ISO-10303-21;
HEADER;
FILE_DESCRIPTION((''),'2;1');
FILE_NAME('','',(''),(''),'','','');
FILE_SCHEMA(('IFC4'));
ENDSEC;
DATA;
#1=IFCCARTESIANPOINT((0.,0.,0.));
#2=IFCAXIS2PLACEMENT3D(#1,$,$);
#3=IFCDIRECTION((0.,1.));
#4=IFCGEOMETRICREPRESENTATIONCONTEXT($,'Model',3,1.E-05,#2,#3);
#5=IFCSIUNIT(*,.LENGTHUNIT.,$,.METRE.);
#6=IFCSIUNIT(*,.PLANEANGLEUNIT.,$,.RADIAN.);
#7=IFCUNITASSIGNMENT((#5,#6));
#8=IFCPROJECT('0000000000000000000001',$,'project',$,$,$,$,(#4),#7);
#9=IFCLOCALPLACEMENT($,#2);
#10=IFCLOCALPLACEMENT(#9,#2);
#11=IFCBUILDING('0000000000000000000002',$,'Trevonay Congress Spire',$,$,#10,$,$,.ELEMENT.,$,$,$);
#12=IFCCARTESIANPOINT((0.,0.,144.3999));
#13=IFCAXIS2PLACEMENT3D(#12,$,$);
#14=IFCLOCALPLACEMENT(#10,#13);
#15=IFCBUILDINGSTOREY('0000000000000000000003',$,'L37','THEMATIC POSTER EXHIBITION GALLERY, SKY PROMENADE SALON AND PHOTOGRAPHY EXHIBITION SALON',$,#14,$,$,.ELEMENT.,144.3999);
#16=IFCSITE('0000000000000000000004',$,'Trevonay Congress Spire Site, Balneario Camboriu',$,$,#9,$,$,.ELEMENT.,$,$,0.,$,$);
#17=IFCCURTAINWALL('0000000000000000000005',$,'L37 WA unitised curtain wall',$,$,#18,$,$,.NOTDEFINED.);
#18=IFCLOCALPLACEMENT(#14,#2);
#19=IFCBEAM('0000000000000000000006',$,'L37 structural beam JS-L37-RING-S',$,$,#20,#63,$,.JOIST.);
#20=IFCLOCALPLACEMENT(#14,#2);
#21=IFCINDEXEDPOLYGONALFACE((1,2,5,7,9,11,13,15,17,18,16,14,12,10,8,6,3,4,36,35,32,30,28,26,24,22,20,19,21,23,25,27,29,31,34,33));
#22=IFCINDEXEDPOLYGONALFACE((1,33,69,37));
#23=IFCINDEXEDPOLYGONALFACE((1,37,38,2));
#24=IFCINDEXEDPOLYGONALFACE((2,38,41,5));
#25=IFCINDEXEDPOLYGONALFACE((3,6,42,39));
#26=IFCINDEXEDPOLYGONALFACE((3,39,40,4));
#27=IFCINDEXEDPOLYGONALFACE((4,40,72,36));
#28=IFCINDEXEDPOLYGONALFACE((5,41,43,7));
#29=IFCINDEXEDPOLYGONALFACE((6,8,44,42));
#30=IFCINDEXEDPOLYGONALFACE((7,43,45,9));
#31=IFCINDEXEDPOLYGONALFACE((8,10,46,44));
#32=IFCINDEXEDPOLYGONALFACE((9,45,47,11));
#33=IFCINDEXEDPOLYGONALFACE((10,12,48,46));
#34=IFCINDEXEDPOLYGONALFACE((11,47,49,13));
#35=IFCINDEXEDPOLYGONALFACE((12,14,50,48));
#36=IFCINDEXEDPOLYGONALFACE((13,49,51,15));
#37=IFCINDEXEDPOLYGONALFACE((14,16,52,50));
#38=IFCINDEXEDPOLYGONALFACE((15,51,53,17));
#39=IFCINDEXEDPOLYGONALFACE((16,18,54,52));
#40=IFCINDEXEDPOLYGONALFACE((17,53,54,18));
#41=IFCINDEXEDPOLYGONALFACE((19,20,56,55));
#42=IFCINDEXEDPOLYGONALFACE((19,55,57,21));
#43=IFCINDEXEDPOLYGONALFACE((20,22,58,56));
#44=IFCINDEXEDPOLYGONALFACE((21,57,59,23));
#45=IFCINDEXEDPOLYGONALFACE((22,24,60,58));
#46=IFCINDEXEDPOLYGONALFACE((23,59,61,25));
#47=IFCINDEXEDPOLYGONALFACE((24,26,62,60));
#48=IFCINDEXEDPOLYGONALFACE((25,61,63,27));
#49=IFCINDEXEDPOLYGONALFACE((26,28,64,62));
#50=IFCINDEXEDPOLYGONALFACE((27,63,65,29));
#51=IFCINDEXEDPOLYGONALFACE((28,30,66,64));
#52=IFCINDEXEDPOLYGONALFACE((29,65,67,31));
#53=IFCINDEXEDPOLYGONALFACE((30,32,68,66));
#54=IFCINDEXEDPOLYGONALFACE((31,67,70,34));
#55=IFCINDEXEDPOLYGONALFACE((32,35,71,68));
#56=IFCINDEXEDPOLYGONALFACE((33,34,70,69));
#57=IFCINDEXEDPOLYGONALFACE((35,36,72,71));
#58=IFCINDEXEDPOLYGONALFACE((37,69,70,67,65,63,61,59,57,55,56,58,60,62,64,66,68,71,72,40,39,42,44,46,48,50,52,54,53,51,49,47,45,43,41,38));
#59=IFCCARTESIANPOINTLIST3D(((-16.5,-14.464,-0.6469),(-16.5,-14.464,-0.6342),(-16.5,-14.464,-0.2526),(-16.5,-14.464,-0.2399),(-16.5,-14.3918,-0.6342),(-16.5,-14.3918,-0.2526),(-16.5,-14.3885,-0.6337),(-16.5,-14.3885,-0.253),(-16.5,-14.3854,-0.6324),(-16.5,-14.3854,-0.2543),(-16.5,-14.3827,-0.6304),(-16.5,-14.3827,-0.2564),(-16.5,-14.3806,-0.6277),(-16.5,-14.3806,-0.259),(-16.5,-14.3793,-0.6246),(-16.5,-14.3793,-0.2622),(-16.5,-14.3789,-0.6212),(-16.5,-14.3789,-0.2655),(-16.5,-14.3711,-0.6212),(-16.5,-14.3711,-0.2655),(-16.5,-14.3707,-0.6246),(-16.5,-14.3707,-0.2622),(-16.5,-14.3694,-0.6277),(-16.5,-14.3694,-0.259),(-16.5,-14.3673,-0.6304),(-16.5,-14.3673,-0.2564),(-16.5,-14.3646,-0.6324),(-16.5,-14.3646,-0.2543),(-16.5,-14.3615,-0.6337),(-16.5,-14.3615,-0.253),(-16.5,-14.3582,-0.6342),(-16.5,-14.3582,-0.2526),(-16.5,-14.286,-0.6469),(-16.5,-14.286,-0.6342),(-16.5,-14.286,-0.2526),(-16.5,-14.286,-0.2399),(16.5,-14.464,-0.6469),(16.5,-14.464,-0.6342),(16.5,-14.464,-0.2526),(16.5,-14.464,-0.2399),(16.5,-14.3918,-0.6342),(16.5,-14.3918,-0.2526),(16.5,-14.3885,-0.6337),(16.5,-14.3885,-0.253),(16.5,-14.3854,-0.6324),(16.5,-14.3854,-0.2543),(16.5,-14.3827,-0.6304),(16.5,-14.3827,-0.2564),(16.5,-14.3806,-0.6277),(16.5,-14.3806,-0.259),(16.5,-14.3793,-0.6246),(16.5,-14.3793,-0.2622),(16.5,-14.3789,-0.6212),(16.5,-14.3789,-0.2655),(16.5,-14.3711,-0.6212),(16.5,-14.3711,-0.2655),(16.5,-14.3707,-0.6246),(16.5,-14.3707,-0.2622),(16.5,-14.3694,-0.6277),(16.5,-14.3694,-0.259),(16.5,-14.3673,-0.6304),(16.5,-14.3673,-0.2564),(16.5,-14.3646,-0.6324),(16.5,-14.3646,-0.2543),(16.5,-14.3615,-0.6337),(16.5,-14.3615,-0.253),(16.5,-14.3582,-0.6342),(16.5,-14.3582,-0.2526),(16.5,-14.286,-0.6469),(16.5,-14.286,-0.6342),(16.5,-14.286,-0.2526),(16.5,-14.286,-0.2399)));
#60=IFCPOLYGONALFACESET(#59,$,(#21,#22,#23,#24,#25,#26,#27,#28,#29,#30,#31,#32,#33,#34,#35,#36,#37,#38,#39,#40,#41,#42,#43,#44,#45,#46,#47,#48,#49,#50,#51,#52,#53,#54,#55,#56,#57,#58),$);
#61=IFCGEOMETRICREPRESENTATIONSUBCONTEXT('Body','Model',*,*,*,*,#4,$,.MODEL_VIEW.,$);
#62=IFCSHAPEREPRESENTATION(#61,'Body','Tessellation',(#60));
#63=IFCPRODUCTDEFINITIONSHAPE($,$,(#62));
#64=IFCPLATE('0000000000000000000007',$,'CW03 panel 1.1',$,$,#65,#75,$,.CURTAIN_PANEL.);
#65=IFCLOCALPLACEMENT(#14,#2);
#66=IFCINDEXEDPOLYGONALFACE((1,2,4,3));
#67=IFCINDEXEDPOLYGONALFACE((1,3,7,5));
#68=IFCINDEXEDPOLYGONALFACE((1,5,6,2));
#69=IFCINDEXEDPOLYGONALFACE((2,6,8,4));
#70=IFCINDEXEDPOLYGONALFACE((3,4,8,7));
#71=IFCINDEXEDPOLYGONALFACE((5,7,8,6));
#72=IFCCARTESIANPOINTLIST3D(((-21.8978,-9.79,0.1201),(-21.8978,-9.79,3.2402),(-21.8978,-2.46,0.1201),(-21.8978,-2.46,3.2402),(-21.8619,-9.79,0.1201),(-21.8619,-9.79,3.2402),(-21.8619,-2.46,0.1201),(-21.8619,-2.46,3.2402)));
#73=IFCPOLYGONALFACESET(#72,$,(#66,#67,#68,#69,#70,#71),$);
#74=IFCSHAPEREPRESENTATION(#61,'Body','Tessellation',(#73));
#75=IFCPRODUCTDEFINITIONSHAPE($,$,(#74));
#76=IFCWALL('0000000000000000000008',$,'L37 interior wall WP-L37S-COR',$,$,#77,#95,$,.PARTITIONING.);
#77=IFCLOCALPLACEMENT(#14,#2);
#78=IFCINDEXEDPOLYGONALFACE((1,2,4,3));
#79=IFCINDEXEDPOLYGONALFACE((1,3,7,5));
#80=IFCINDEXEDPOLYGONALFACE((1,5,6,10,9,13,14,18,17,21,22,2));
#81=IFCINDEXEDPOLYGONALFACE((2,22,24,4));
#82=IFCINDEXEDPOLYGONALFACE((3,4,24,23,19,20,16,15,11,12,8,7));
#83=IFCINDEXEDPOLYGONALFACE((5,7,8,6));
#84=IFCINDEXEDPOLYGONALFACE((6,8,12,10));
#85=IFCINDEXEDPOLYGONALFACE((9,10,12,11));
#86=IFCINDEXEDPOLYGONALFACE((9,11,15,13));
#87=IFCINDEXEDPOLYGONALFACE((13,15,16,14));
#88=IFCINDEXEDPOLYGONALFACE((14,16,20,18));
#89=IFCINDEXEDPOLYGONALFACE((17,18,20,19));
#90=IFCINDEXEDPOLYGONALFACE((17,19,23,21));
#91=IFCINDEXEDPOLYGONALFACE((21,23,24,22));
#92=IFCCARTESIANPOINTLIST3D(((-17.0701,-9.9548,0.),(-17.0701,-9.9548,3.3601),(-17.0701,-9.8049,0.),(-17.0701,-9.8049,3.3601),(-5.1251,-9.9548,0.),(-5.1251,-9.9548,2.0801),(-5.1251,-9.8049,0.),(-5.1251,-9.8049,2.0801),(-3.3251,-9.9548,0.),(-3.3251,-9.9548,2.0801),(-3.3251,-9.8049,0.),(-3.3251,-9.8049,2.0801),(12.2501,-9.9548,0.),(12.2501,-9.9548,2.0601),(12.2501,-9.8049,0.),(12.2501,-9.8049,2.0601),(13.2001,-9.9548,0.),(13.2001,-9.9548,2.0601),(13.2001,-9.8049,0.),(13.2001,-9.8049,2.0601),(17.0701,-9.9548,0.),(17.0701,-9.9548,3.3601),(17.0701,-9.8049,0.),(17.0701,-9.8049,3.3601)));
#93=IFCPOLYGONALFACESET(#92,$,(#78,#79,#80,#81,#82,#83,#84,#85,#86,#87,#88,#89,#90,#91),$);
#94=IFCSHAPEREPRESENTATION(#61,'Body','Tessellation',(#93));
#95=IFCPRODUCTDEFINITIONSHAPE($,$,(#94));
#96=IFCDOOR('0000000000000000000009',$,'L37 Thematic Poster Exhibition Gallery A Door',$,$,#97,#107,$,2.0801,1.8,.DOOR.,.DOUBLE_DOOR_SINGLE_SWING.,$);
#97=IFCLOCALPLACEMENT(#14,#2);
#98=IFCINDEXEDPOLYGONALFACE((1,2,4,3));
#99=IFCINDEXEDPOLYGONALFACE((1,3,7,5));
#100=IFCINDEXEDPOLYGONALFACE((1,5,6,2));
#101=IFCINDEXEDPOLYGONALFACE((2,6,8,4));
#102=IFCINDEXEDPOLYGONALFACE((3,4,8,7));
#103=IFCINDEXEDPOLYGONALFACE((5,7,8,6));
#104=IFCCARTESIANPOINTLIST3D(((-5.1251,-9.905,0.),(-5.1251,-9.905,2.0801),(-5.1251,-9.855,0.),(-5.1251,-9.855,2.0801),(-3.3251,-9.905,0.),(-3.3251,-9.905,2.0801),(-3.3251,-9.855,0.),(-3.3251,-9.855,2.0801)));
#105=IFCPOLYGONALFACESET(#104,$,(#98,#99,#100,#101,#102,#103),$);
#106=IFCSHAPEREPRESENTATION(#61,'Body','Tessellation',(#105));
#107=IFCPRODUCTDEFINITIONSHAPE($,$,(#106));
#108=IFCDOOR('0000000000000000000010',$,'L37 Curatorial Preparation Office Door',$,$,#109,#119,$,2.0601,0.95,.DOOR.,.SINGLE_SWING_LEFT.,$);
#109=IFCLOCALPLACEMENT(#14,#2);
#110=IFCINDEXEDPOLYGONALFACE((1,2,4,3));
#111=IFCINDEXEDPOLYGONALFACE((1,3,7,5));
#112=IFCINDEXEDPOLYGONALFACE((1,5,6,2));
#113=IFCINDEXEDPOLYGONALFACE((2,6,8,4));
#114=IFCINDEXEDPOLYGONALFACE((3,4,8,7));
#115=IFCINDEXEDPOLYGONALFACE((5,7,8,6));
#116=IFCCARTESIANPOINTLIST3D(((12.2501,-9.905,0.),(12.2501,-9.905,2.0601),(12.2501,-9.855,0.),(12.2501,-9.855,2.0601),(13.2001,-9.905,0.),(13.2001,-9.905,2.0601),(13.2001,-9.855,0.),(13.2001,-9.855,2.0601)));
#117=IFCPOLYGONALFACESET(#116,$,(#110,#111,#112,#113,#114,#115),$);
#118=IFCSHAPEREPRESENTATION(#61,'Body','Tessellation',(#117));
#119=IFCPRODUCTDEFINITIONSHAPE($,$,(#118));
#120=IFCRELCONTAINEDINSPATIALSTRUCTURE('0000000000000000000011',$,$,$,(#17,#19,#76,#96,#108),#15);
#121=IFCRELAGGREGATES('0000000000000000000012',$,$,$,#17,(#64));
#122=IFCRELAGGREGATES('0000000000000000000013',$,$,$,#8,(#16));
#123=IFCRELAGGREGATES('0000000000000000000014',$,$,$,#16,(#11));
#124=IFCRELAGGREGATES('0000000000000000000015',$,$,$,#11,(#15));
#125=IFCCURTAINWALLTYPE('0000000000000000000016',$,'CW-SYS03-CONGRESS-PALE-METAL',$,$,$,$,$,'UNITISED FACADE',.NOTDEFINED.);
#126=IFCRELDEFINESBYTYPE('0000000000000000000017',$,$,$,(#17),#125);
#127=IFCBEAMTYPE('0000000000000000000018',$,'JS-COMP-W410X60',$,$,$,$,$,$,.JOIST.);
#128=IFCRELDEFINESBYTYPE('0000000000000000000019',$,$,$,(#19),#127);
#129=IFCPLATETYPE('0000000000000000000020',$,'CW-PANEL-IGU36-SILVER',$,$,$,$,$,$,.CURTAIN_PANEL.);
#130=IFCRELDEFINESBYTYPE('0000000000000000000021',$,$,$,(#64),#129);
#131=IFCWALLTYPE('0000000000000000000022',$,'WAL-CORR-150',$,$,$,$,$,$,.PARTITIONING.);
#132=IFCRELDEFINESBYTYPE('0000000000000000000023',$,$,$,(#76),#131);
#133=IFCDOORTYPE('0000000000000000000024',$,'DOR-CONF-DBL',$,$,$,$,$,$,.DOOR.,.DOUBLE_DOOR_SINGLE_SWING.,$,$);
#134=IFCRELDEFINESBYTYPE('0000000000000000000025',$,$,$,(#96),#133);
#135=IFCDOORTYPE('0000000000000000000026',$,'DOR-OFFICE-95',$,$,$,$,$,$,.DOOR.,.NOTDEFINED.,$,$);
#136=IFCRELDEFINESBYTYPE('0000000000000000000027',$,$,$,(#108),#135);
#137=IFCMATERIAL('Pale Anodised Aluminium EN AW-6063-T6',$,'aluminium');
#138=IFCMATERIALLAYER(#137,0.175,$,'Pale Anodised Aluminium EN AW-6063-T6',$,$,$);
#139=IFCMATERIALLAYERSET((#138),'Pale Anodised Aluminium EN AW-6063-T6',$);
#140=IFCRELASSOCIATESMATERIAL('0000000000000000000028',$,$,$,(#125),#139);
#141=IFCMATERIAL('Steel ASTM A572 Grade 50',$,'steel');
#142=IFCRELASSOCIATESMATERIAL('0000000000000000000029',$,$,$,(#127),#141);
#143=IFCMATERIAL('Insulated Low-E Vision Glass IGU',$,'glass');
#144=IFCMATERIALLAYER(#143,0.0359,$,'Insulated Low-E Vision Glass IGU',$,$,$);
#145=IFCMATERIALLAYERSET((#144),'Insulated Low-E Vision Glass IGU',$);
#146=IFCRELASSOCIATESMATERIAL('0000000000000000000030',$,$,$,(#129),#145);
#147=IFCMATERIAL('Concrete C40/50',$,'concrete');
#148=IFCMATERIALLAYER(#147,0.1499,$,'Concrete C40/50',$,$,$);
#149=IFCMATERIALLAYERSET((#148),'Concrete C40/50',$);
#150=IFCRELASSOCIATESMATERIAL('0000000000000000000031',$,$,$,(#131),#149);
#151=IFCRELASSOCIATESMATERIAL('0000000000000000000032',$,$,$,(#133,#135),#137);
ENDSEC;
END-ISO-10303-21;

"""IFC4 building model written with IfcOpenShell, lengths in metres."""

from ifc_helpers import new_model, si_unit, direction, frame, frame_2d, origin, origin_2d, place, context, subcontext, project, spatial, rectangle, i_section, extrude, material, layer, layer_set, material_profile, profile_set, type_object, element, fill, aggregate, save


model = new_model("IFC4")

# Units and contexts
model_context = context("Model", 3, precision=1e-05, world=origin(), true_north=direction((0.0, 1.0)))
body_context = subcontext(model_context, "Body", "Model", "MODEL_VIEW")
ifc_project = project(units=[si_unit("LENGTHUNIT", "METRE"), si_unit("PLANEANGLEUNIT", "RADIAN")], contexts=[model_context])

# Site, building, storey
site_placement = place(None, origin())
site = spatial("IfcSite", under=ifc_project, at=site_placement, Name="Trevonay Congress Spire Site, Balneario Camboriu", CompositionType="ELEMENT", RefElevation=0.0)
building_placement = place(site_placement, origin())
building = spatial("IfcBuilding", under=site, at=building_placement, Name="Trevonay Congress Spire", CompositionType="ELEMENT")
storey_placement = place(building_placement, frame((0.0, 0.0, 144.3999)))
storey = spatial("IfcBuildingStorey", under=building, at=storey_placement, Name="L37", Description="THEMATIC POSTER EXHIBITION GALLERY, SKY PROMENADE SALON AND PHOTOGRAPHY EXHIBITION SALON", CompositionType="ELEMENT", Elevation=144.3999)

# Shared definitions
ifc_material_1 = material(Name="Steel ASTM A572 Grade 50", Category="steel")

# Curtain wall
ifc_material_2 = material(Name="Pale Anodised Aluminium EN AW-6063-T6", Category="aluminium")
ifc_layer_1 = layer(ifc_material_2, 0.175, Name="Pale Anodised Aluminium EN AW-6063-T6")
ifc_layer_set_1 = layer_set([ifc_layer_1], Name="Pale Anodised Aluminium EN AW-6063-T6")
curtain_wall_type = type_object("IfcCurtainWallType", Name="CW-SYS03-CONGRESS-PALE-METAL", ElementType="UNITISED FACADE", PredefinedType="NOTDEFINED", material=ifc_layer_set_1)
curtain_wall_placement = place(storey_placement, origin())
curtain_wall = element("IfcCurtainWall", 1, at=curtain_wall_placement, inside=storey, type_object=curtain_wall_type, Name="L37 WA unitised curtain wall", PredefinedType="NOTDEFINED")

# Beam
ifc_material_profile_1 = material_profile(ifc_material_1, i_section(OverallWidth=0.178, OverallDepth=0.407, WebThickness=0.0078, FlangeThickness=0.0127, FilletRadius=0.0129, at=origin_2d()), Name="W410x60")
ifc_profile_set_1 = profile_set([ifc_material_profile_1], Name="Steel ASTM A572 Grade 50")
beam_type_1 = type_object("IfcBeamType", Name="JS-COMP-W410X60", PredefinedType="JOIST", material=ifc_profile_set_1)
beam_1_placement = place(storey_placement, frame((-16.5, -14.375, -0.4434), z_axis=(1.0, 0.0, 0.0), x_axis=(0.0, 1.0, 0.0)))
element("IfcBeam", 2, at=beam_1_placement, inside=storey, type_object=beam_type_1, Name="L37 structural beam JS-L37-RING-S", PredefinedType="JOIST", context=body_context, shape_type="SweptSolid", body=[
    extrude(i_section(OverallWidth=0.178, OverallDepth=0.407, WebThickness=0.0078, FlangeThickness=0.0127, FilletRadius=0.0129, at=origin_2d()), origin(), (0.0, 0.0, 1.0), 33.0),
])

# Plate
ifc_material_3 = material(Name="Insulated Low-E Vision Glass IGU", Category="glass")
ifc_layer_2 = layer(ifc_material_3, 0.0359, Name="Insulated Low-E Vision Glass IGU")
ifc_layer_set_2 = layer_set([ifc_layer_2], Name="Insulated Low-E Vision Glass IGU")
plate_type = type_object("IfcPlateType", Name="CW-PANEL-IGU36-SILVER", PredefinedType="CURTAIN_PANEL", material=ifc_layer_set_2)
plate_placement = place(storey_placement, frame((-21.8799, -6.125, 0.1201), z_axis=(0.0, 0.0, 1.0), x_axis=(0.0, 1.0, 0.0)))
plate = element("IfcPlate", 3, at=plate_placement, type_object=plate_type, Name="CW03 panel 1.1", PredefinedType="CURTAIN_PANEL", context=body_context, shape_type="SweptSolid", body=[
    extrude(rectangle(XDim=7.3301, YDim=0.0359, at=origin_2d()), origin(), (0.0, 0.0, 1.0), 3.1201),
])
aggregate(curtain_wall, [plate])

# Wall, openings, doors
ifc_material_4 = material(Name="Concrete C40/50", Category="concrete")
ifc_layer_3 = layer(ifc_material_4, 0.1499, Name="Concrete C40/50")
ifc_layer_set_3 = layer_set([ifc_layer_3], Name="Concrete C40/50")
wall_type_1 = type_object("IfcWallType", Name="WAL-CORR-150", PredefinedType="PARTITIONING", material=ifc_layer_set_3)
wall_1_placement = place(storey_placement, frame((-17.0701, -9.8799, 0.0), z_axis=(0.0, 0.0, 1.0), x_axis=(1.0, 0.0, 0.0)))
wall_1 = element("IfcWall", 4, at=wall_1_placement, inside=storey, type_object=wall_type_1, Name="L37 interior wall WP-L37S-COR", PredefinedType="PARTITIONING", context=body_context, shape_type="SweptSolid", body=[
    extrude(rectangle(XDim=34.1401, YDim=0.1499, at=frame_2d((17.0701, 0.0))), origin(), (0.0, 0.0, 1.0), 3.3601),
])
opening_1_placement = place(wall_1_placement, frame((11.9451, 0.0, 0.0)))
opening_1 = element("IfcOpeningElement", 5, at=opening_1_placement, cuts=wall_1, PredefinedType="OPENING", context=body_context, shape_type="SweptSolid", body=[
    extrude(rectangle(XDim=1.8, YDim=2.0801, at=frame_2d((0.8999, 1.04))), frame((0.0, 0.085, 0.0), z_axis=(0.0, -1.0, 0.0), x_axis=(1.0, 0.0, 0.0)), (0.0, 0.0, 1.0), 0.1699),
])
opening_2_placement = place(wall_1_placement, frame((29.3201, 0.0, 0.0)))
opening_2 = element("IfcOpeningElement", 6, at=opening_2_placement, cuts=wall_1, PredefinedType="OPENING", context=body_context, shape_type="SweptSolid", body=[
    extrude(rectangle(XDim=0.95, YDim=2.0601, at=frame_2d((0.4751, 1.03))), frame((0.0, 0.085, 0.0), z_axis=(0.0, -1.0, 0.0), x_axis=(1.0, 0.0, 0.0)), (0.0, 0.0, 1.0), 0.1699),
])
door_type_1 = type_object("IfcDoorType", Name="DOR-CONF-DBL", OperationType="DOUBLE_DOOR_SINGLE_SWING", PredefinedType="DOOR", material=ifc_material_2)
door_1_placement = place(opening_1_placement, origin())
door_1 = element("IfcDoor", 7, at=door_1_placement, inside=storey, type_object=door_type_1, Name="L37 Thematic Poster Exhibition Gallery A Door", OperationType="DOUBLE_DOOR_SINGLE_SWING", OverallHeight=2.0801, OverallWidth=1.8, PredefinedType="DOOR", context=body_context, shape_type="SweptSolid", body=[
    extrude(rectangle(XDim=1.8, YDim=2.0801, at=frame_2d((0.8999, 1.04))), frame((0.0, 0.0249, 0.0), z_axis=(0.0, -1.0, 0.0), x_axis=(1.0, 0.0, 0.0)), (0.0, 0.0, 1.0), 0.05),
])
fill(opening_1, door_1)
door_type_2 = type_object("IfcDoorType", Name="DOR-OFFICE-95", OperationType="NOTDEFINED", PredefinedType="DOOR", material=ifc_material_2)
door_2_placement = place(opening_2_placement, origin())
door_2 = element("IfcDoor", 8, at=door_2_placement, inside=storey, type_object=door_type_2, Name="L37 Curatorial Preparation Office Door", OperationType="SINGLE_SWING_LEFT", OverallHeight=2.0601, OverallWidth=0.95, PredefinedType="DOOR", context=body_context, shape_type="SweptSolid", body=[
    extrude(rectangle(XDim=0.95, YDim=2.0601, at=frame_2d((0.4751, 1.03))), frame((0.0, 0.0249, 0.0), z_axis=(0.0, -1.0, 0.0), x_axis=(1.0, 0.0, 0.0)), (0.0, 0.0, 1.0), 0.05),
])
fill(opening_2, door_2)

save(model, "model.ifc")
